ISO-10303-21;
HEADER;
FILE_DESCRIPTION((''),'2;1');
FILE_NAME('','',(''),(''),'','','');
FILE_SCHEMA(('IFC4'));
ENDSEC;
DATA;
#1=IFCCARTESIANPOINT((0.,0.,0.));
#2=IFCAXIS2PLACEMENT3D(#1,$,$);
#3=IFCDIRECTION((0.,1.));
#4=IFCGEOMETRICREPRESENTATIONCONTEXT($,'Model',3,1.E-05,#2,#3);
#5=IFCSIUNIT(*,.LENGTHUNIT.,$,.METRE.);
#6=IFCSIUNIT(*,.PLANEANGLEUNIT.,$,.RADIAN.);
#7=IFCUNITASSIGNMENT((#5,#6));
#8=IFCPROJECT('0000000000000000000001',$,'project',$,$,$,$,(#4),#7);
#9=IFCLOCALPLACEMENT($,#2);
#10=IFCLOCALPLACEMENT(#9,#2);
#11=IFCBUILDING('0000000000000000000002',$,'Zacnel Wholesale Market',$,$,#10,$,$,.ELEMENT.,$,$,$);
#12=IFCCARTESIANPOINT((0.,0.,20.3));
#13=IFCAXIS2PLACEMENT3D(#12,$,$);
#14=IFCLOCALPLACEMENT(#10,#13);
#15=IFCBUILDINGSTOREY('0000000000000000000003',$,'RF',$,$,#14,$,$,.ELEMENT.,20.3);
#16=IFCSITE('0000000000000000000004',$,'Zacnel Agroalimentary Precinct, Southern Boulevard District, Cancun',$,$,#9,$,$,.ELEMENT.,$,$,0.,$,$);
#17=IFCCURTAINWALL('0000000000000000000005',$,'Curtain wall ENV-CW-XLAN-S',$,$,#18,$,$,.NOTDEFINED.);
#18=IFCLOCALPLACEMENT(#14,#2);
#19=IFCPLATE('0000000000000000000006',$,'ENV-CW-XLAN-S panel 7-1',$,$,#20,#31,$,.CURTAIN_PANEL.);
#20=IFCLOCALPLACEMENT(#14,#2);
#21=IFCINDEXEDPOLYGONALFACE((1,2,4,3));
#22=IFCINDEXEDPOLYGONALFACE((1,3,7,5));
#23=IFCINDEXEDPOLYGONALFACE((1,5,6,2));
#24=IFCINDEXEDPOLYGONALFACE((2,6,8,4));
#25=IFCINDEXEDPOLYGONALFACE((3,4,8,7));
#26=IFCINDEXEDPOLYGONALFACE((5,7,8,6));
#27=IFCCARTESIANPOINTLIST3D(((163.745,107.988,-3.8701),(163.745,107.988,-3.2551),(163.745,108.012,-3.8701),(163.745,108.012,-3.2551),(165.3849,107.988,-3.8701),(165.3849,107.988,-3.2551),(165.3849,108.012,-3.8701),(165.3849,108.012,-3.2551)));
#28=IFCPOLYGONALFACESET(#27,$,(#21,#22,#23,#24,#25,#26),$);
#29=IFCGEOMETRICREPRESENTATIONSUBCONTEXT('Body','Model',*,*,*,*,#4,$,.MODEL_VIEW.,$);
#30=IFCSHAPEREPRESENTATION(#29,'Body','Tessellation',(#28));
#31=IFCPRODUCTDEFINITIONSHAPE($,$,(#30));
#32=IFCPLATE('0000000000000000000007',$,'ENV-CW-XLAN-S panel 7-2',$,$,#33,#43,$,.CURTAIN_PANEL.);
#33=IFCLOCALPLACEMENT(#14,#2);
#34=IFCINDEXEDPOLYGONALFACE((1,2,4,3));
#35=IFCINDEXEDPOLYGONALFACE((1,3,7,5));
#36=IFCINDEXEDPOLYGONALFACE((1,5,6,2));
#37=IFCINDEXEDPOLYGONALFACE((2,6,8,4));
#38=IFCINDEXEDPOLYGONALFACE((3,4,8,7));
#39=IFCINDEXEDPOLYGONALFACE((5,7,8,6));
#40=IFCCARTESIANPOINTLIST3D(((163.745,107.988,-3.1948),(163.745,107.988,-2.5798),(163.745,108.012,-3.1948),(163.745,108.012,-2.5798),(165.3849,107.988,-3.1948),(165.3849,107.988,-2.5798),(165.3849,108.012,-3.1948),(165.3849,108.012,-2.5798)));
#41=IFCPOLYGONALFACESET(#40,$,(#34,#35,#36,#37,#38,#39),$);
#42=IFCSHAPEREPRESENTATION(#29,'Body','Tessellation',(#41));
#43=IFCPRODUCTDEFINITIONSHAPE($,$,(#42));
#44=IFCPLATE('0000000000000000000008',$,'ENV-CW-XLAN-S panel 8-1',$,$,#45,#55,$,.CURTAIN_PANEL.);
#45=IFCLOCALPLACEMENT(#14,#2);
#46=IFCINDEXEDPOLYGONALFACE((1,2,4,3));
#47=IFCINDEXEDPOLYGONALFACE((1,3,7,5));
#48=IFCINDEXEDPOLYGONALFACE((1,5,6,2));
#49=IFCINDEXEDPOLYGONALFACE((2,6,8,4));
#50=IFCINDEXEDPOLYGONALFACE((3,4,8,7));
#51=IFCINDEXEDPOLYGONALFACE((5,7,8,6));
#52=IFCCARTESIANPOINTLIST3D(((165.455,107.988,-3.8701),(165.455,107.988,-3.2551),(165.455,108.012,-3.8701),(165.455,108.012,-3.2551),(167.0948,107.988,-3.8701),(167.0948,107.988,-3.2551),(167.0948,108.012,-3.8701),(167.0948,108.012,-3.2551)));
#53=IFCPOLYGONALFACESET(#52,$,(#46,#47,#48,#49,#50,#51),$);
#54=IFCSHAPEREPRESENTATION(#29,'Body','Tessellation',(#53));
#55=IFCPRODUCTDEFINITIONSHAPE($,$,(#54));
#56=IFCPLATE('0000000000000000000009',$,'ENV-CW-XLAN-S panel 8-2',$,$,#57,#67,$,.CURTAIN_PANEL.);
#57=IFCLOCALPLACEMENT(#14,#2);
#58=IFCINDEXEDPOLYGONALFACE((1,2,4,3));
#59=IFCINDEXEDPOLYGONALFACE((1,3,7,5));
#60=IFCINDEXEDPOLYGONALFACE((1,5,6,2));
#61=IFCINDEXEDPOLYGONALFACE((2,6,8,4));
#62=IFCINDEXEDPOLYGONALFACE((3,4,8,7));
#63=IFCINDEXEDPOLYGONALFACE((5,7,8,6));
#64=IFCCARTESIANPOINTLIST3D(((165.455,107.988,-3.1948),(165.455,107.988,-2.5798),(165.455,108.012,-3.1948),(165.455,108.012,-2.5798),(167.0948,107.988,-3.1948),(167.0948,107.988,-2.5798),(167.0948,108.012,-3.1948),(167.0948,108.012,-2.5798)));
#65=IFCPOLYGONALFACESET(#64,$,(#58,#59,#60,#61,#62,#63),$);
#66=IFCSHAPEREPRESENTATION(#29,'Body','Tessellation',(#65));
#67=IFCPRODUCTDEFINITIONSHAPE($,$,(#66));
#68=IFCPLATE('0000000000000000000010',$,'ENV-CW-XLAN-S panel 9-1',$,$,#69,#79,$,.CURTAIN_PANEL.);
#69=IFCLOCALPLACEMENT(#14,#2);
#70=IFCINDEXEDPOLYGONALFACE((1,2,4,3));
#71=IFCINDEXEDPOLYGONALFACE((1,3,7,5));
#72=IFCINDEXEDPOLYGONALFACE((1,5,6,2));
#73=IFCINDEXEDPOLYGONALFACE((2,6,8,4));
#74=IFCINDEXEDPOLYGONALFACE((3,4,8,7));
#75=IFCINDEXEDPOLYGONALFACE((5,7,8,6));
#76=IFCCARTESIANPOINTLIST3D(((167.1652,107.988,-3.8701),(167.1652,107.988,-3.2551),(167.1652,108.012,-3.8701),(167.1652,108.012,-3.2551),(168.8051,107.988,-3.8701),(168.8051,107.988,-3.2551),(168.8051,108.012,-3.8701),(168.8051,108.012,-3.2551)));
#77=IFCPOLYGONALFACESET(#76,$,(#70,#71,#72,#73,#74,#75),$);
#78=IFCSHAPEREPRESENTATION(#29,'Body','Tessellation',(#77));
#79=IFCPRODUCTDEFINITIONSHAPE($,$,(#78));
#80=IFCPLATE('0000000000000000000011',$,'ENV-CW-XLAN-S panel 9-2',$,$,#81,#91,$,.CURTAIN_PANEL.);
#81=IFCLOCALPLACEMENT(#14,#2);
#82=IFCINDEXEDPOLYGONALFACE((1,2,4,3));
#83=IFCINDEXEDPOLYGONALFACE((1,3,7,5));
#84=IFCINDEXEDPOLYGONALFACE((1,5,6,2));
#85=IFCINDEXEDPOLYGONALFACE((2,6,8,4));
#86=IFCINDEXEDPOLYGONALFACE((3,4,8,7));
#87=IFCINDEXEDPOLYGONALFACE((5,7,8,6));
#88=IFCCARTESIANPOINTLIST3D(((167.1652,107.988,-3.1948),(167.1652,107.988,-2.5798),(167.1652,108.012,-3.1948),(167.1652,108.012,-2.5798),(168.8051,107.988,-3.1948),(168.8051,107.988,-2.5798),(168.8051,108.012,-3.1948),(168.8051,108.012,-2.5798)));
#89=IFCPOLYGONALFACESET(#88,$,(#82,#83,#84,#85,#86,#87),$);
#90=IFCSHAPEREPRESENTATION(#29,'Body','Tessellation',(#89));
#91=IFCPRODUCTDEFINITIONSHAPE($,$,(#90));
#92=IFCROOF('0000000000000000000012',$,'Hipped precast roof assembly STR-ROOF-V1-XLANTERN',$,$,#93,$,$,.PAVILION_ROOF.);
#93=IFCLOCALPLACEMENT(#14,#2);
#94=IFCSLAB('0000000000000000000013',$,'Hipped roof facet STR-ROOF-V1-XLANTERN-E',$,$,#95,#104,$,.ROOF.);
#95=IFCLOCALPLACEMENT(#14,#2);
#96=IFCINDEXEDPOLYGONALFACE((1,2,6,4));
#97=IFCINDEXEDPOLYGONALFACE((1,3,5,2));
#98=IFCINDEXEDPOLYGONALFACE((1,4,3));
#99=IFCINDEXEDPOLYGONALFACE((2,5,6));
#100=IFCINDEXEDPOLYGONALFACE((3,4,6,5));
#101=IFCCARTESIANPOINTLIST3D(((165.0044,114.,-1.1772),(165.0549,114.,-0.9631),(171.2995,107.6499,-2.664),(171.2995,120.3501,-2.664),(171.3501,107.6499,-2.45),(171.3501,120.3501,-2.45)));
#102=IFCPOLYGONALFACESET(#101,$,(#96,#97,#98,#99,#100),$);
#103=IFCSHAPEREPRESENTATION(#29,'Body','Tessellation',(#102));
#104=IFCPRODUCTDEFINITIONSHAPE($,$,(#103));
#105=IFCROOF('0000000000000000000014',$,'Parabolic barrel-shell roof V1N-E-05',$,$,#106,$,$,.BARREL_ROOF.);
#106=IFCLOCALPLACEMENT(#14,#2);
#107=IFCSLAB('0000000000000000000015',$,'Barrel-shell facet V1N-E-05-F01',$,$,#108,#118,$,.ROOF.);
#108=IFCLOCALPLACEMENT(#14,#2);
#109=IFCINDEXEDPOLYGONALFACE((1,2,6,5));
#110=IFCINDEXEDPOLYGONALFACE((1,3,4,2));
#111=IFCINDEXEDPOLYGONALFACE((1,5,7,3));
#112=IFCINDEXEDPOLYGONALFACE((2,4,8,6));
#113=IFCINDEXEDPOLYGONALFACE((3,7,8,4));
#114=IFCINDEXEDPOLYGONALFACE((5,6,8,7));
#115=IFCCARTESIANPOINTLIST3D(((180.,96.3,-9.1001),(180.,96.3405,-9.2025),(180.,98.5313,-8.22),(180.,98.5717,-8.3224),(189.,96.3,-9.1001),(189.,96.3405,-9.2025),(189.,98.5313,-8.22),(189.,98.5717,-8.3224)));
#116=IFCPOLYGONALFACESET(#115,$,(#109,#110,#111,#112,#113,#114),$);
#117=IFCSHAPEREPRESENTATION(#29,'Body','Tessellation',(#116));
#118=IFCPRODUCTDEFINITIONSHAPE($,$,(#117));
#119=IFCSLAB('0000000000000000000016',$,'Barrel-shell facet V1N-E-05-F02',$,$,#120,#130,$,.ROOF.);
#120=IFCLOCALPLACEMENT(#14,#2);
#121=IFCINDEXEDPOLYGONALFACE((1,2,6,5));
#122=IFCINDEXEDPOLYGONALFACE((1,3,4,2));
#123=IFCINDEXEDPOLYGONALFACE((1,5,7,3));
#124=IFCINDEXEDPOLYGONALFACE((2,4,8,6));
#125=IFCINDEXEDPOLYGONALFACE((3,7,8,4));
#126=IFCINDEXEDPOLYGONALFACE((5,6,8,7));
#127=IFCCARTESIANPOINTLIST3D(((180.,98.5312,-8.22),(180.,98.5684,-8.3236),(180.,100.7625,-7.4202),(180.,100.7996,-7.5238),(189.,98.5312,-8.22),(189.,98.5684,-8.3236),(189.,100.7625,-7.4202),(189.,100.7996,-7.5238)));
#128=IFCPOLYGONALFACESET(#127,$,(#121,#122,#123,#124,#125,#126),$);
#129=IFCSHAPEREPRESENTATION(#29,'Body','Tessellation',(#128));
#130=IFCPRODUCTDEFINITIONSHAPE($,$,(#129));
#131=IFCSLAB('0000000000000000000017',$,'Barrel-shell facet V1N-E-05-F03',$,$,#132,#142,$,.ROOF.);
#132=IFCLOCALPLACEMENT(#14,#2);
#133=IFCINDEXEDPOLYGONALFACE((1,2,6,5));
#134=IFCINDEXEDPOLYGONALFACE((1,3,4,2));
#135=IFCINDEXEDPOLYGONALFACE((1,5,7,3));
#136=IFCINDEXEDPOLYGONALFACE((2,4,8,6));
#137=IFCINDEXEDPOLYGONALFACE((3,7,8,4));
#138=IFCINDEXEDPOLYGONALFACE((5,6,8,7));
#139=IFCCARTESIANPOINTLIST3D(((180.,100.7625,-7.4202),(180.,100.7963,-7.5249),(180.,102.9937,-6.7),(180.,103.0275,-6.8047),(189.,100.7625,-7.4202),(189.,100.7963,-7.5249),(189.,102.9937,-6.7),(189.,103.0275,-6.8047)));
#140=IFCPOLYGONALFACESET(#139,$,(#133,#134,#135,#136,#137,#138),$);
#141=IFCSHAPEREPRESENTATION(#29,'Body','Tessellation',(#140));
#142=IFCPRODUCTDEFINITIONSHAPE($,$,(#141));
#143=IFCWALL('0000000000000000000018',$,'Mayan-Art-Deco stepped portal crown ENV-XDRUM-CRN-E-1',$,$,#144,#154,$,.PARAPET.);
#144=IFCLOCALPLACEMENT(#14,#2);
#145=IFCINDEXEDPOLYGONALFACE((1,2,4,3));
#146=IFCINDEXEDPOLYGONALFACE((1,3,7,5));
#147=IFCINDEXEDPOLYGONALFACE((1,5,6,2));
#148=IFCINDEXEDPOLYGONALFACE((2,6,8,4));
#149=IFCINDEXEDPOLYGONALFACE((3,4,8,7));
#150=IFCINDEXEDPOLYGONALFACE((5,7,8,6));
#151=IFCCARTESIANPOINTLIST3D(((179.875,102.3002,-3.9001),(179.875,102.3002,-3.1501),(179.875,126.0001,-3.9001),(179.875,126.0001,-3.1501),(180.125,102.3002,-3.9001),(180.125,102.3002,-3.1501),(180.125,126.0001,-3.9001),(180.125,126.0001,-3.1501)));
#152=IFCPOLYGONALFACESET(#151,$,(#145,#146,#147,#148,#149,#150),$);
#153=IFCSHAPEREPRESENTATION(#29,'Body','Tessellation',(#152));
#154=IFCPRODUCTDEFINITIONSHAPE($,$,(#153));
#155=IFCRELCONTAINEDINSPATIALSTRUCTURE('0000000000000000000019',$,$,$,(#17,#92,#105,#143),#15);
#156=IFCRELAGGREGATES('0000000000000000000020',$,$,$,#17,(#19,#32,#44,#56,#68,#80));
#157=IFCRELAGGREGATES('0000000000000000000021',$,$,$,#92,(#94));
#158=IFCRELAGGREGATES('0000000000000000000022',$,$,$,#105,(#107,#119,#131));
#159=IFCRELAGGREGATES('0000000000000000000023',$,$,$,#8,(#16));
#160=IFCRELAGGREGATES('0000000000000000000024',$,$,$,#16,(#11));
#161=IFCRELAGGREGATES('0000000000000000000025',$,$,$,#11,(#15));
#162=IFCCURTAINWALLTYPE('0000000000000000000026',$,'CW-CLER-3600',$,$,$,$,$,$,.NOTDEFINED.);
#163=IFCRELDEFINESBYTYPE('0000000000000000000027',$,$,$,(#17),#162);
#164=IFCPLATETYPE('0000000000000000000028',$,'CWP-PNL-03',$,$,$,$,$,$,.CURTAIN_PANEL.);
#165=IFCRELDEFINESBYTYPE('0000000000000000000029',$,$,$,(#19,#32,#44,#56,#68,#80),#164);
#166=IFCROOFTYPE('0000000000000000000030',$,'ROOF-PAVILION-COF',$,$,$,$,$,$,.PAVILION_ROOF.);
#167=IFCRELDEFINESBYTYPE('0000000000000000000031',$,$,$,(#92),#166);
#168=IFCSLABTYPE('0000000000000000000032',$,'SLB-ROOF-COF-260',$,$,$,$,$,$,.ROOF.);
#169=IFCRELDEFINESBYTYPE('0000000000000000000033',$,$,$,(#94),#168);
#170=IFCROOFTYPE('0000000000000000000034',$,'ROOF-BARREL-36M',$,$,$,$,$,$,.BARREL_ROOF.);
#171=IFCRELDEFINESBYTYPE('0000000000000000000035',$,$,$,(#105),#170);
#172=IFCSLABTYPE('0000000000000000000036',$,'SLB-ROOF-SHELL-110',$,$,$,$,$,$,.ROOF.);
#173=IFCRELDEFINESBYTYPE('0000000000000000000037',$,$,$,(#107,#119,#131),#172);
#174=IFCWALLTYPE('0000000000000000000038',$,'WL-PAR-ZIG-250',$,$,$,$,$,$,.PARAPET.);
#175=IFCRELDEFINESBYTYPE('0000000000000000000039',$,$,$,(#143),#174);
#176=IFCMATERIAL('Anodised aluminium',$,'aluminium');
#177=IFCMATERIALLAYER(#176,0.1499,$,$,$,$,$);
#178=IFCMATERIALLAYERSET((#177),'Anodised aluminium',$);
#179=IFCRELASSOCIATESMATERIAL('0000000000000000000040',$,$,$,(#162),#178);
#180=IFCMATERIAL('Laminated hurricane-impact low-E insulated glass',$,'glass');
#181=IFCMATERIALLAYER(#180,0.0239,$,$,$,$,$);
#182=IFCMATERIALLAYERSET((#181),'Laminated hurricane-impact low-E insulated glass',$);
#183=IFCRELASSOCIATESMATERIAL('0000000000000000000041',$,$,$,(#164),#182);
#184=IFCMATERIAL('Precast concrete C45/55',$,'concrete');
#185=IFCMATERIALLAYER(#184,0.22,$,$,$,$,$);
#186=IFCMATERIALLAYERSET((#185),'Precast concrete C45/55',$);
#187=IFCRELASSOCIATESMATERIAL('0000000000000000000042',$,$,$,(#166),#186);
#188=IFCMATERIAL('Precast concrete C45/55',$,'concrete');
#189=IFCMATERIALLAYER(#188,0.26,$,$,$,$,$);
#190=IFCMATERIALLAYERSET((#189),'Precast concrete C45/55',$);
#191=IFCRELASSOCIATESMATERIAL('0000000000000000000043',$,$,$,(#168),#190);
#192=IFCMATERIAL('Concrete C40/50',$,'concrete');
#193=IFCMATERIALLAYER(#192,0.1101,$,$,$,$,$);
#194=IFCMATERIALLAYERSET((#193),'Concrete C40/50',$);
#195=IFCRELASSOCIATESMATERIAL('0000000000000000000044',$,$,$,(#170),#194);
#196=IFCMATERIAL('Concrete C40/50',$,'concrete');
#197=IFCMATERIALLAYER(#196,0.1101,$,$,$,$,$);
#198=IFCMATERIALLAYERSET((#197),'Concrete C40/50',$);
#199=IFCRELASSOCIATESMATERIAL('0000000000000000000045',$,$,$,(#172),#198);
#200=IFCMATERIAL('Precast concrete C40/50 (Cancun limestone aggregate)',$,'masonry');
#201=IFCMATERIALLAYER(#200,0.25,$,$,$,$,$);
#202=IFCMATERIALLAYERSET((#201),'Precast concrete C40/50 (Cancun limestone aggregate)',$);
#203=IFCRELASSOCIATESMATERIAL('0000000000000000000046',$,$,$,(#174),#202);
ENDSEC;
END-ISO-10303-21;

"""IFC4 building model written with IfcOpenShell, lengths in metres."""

from ifc_helpers import new_model, si_unit, direction, frame, frame_2d, origin, origin_2d, place, context, subcontext, project, spatial, polyline, rectangle, outline, extrude, material, layer, layer_set, type_object, element, aggregate, save


model = new_model("IFC4")

# Units and contexts
model_context = context("Model", 3, precision=1e-05, world=origin(), true_north=direction((0.0, 1.0)))
body_context = subcontext(model_context, "Body", "Model", "MODEL_VIEW")
ifc_project = project(units=[si_unit("LENGTHUNIT", "METRE"), si_unit("PLANEANGLEUNIT", "RADIAN")], contexts=[model_context])

# Site, building, storey
site_placement = place(None, origin())
site = spatial("IfcSite", under=ifc_project, at=site_placement, Name="Zacnel Agroalimentary Precinct, Southern Boulevard District, Cancun", CompositionType="ELEMENT", RefElevation=0.0)
building_placement = place(site_placement, origin())
building = spatial("IfcBuilding", under=site, at=building_placement, Name="Zacnel Wholesale Market", CompositionType="ELEMENT")
storey_placement = place(building_placement, frame((0.0, 0.0, 20.3)))
storey = spatial("IfcBuildingStorey", under=building, at=storey_placement, Name="RF", CompositionType="ELEMENT", Elevation=20.3)

# Curtain wall, plates
ifc_material_1 = material(Name="Anodised aluminium", Category="aluminium")
ifc_layer_1 = layer(ifc_material_1, 0.1499)
ifc_layer_set_1 = layer_set([ifc_layer_1], Name="Anodised aluminium")
curtain_wall_type = type_object("IfcCurtainWallType", Name="CW-CLER-3600", PredefinedType="NOTDEFINED", material=ifc_layer_set_1)
curtain_wall_placement = place(storey_placement, origin())
curtain_wall = element("IfcCurtainWall", 1, at=curtain_wall_placement, inside=storey, type_object=curtain_wall_type, Name="Curtain wall ENV-CW-XLAN-S", PredefinedType="NOTDEFINED")
ifc_material_2 = material(Name="Laminated hurricane-impact low-E insulated glass", Category="glass")
ifc_layer_2 = layer(ifc_material_2, 0.0239)
ifc_layer_set_2 = layer_set([ifc_layer_2], Name="Laminated hurricane-impact low-E insulated glass")
plate_type = type_object("IfcPlateType", Name="CWP-PNL-03", PredefinedType="CURTAIN_PANEL", material=ifc_layer_set_2)
plate_1_placement = place(storey_placement, frame((164.5649, 108.0, -3.8701), z_axis=(0.0, 0.0, 1.0), x_axis=(1.0, 0.0, 0.0)))
plate_1 = element("IfcPlate", 2, at=plate_1_placement, type_object=plate_type, Name="ENV-CW-XLAN-S panel 7-1", PredefinedType="CURTAIN_PANEL", context=body_context, shape_type="SweptSolid", body=[
    extrude(rectangle(XDim=1.6399, YDim=0.0239, at=origin_2d()), origin(), (0.0, 0.0, 1.0), 0.615),
])
plate_2_placement = place(storey_placement, frame((164.5649, 108.0, -3.1948), z_axis=(0.0, 0.0, 1.0), x_axis=(1.0, 0.0, 0.0)))
plate_2 = element("IfcPlate", 3, at=plate_2_placement, type_object=plate_type, Name="ENV-CW-XLAN-S panel 7-2", PredefinedType="CURTAIN_PANEL", context=body_context, shape_type="SweptSolid", body=[
    extrude(rectangle(XDim=1.6399, YDim=0.0239, at=origin_2d()), origin(), (0.0, 0.0, 1.0), 0.615),
])
plate_3_placement = place(storey_placement, frame((166.2749, 108.0, -3.8701), z_axis=(0.0, 0.0, 1.0), x_axis=(1.0, 0.0, 0.0)))
plate_3 = element("IfcPlate", 4, at=plate_3_placement, type_object=plate_type, Name="ENV-CW-XLAN-S panel 8-1", PredefinedType="CURTAIN_PANEL", context=body_context, shape_type="SweptSolid", body=[
    extrude(rectangle(XDim=1.6399, YDim=0.0239, at=origin_2d()), origin(), (0.0, 0.0, 1.0), 0.615),
])
plate_4_placement = place(storey_placement, frame((166.2749, 108.0, -3.1948), z_axis=(0.0, 0.0, 1.0), x_axis=(1.0, 0.0, 0.0)))
plate_4 = element("IfcPlate", 5, at=plate_4_placement, type_object=plate_type, Name="ENV-CW-XLAN-S panel 8-2", PredefinedType="CURTAIN_PANEL", context=body_context, shape_type="SweptSolid", body=[
    extrude(rectangle(XDim=1.6399, YDim=0.0239, at=origin_2d()), origin(), (0.0, 0.0, 1.0), 0.615),
])
plate_5_placement = place(storey_placement, frame((167.9851, 108.0, -3.8701), z_axis=(0.0, 0.0, 1.0), x_axis=(1.0, 0.0, 0.0)))
plate_5 = element("IfcPlate", 6, at=plate_5_placement, type_object=plate_type, Name="ENV-CW-XLAN-S panel 9-1", PredefinedType="CURTAIN_PANEL", context=body_context, shape_type="SweptSolid", body=[
    extrude(rectangle(XDim=1.6399, YDim=0.0239, at=origin_2d()), origin(), (0.0, 0.0, 1.0), 0.615),
])
plate_6_placement = place(storey_placement, frame((167.9851, 108.0, -3.1948), z_axis=(0.0, 0.0, 1.0), x_axis=(1.0, 0.0, 0.0)))
plate_6 = element("IfcPlate", 7, at=plate_6_placement, type_object=plate_type, Name="ENV-CW-XLAN-S panel 9-2", PredefinedType="CURTAIN_PANEL", context=body_context, shape_type="SweptSolid", body=[
    extrude(rectangle(XDim=1.6399, YDim=0.0239, at=origin_2d()), origin(), (0.0, 0.0, 1.0), 0.615),
])
aggregate(curtain_wall, [plate_1, plate_2, plate_3, plate_4, plate_5, plate_6])

# Roof, slab
ifc_material_3 = material(Name="Precast concrete C45/55", Category="concrete")
ifc_layer_3 = layer(ifc_material_3, 0.22)
ifc_layer_set_3 = layer_set([ifc_layer_3], Name="Precast concrete C45/55")
roof_type_1 = type_object("IfcRoofType", Name="ROOF-PAVILION-COF", PredefinedType="PAVILION_ROOF", material=ifc_layer_set_3)
roof_1_placement = place(storey_placement, origin())
roof_1 = element("IfcRoof", 8, at=roof_1_placement, inside=storey, type_object=roof_type_1, Name="Hipped precast roof assembly STR-ROOF-V1-XLANTERN", PredefinedType="PAVILION_ROOF")
ifc_material_4 = material(Name="Precast concrete C45/55", Category="concrete")
ifc_layer_4 = layer(ifc_material_4, 0.26)
ifc_layer_set_4 = layer_set([ifc_layer_4], Name="Precast concrete C45/55")
slab_type_1 = type_object("IfcSlabType", Name="SLB-ROOF-COF-260", PredefinedType="ROOF", material=ifc_layer_set_4)
slab_1_placement = place(storey_placement, frame((171.3501, 107.6499, -2.45), z_axis=(0.22986, 0.0, 0.973224), x_axis=(0.0, 1.0, 0.0)))
slab_1 = element("IfcSlab", 9, at=slab_1_placement, type_object=slab_type_1, Name="Hipped roof facet STR-ROOF-V1-XLANTERN-E", PredefinedType="ROOF", context=body_context, shape_type="SweptSolid", body=[
    extrude(outline(polyline([(0.0, 0.0), (12.7002, 0.0), (6.3501, 6.4684), (0.0, 0.0)])), origin(), (0.0, 0.0, -1.0), 0.22),
])
aggregate(roof_1, [slab_1])

# Roof, slabs
ifc_material_5 = material(Name="Concrete C40/50", Category="concrete")
ifc_layer_5 = layer(ifc_material_5, 0.1101)
ifc_layer_set_5 = layer_set([ifc_layer_5], Name="Concrete C40/50")
roof_type_2 = type_object("IfcRoofType", Name="ROOF-BARREL-36M", PredefinedType="BARREL_ROOF", material=ifc_layer_set_5)
roof_2_placement = place(storey_placement, origin())
roof_2 = element("IfcRoof", 10, at=roof_2_placement, inside=storey, type_object=roof_type_2, Name="Parabolic barrel-shell roof V1N-E-05", PredefinedType="BARREL_ROOF")
ifc_material_6 = material(Name="Concrete C40/50", Category="concrete")
ifc_layer_6 = layer(ifc_material_6, 0.1101)
ifc_layer_set_6 = layer_set([ifc_layer_6], Name="Concrete C40/50")
slab_type_2 = type_object("IfcSlabType", Name="SLB-ROOF-SHELL-110", PredefinedType="ROOF", material=ifc_layer_set_6)
slab_2_placement = place(storey_placement, frame((180.0, 96.3, -9.1001), z_axis=(0.0, -0.366946, 0.930242), x_axis=(1.0, 0.0, 0.0)))
slab_2 = element("IfcSlab", 11, at=slab_2_placement, type_object=slab_type_2, Name="Barrel-shell facet V1N-E-05-F01", PredefinedType="ROOF", context=body_context, shape_type="SweptSolid", body=[
    extrude(outline(polyline([(0.0, 0.0), (9.0, 0.0), (9.0, 2.3985), (0.0, 2.3985), (0.0, 0.0)])), origin(), (0.0, 0.0, -1.0), 0.1101),
])
slab_3_placement = place(storey_placement, frame((180.0, 98.5312, -8.22), z_axis=(0.0, -0.337439, 0.941347), x_axis=(1.0, 0.0, 0.0)))
slab_3 = element("IfcSlab", 12, at=slab_3_placement, type_object=slab_type_2, Name="Barrel-shell facet V1N-E-05-F02", PredefinedType="ROOF", context=body_context, shape_type="SweptSolid", body=[
    extrude(outline(polyline([(0.0, 0.0), (9.0, 0.0), (9.0, 2.3702), (0.0, 2.3702), (0.0, 0.0)])), origin(), (0.0, 0.0, -1.0), 0.1101),
])
slab_4_placement = place(storey_placement, frame((180.0, 100.7625, -7.4202), z_axis=(0.0, -0.307185, 0.95165), x_axis=(1.0, 0.0, 0.0)))
slab_4 = element("IfcSlab", 13, at=slab_4_placement, type_object=slab_type_2, Name="Barrel-shell facet V1N-E-05-F03", PredefinedType="ROOF", context=body_context, shape_type="SweptSolid", body=[
    extrude(outline(polyline([(0.0, 0.0), (9.0, 0.0), (9.0, 2.3446), (0.0, 2.3446), (0.0, 0.0)])), origin(), (0.0, 0.0, -1.0), 0.1101),
])
aggregate(roof_2, [slab_2, slab_3, slab_4])

# Wall
ifc_material_7 = material(Name="Precast concrete C40/50 (Cancun limestone aggregate)", Category="masonry")
ifc_layer_7 = layer(ifc_material_7, 0.25)
ifc_layer_set_7 = layer_set([ifc_layer_7], Name="Precast concrete C40/50 (Cancun limestone aggregate)")
wall_type = type_object("IfcWallType", Name="WL-PAR-ZIG-250", PredefinedType="PARAPET", material=ifc_layer_set_7)
wall_placement = place(storey_placement, frame((180.0, 102.3, -3.9001), z_axis=(0.0, 0.0, 1.0), x_axis=(0.0, 1.0, 0.0)))
element("IfcWall", 14, at=wall_placement, inside=storey, type_object=wall_type, Name="Mayan-Art-Deco stepped portal crown ENV-XDRUM-CRN-E-1", PredefinedType="PARAPET", context=body_context, shape_type="SweptSolid", body=[
    extrude(rectangle(XDim=23.7, YDim=0.25, at=frame_2d((11.8501, 0.0))), origin(), (0.0, 0.0, 1.0), 0.75),
])

save(model, "model.ifc")
